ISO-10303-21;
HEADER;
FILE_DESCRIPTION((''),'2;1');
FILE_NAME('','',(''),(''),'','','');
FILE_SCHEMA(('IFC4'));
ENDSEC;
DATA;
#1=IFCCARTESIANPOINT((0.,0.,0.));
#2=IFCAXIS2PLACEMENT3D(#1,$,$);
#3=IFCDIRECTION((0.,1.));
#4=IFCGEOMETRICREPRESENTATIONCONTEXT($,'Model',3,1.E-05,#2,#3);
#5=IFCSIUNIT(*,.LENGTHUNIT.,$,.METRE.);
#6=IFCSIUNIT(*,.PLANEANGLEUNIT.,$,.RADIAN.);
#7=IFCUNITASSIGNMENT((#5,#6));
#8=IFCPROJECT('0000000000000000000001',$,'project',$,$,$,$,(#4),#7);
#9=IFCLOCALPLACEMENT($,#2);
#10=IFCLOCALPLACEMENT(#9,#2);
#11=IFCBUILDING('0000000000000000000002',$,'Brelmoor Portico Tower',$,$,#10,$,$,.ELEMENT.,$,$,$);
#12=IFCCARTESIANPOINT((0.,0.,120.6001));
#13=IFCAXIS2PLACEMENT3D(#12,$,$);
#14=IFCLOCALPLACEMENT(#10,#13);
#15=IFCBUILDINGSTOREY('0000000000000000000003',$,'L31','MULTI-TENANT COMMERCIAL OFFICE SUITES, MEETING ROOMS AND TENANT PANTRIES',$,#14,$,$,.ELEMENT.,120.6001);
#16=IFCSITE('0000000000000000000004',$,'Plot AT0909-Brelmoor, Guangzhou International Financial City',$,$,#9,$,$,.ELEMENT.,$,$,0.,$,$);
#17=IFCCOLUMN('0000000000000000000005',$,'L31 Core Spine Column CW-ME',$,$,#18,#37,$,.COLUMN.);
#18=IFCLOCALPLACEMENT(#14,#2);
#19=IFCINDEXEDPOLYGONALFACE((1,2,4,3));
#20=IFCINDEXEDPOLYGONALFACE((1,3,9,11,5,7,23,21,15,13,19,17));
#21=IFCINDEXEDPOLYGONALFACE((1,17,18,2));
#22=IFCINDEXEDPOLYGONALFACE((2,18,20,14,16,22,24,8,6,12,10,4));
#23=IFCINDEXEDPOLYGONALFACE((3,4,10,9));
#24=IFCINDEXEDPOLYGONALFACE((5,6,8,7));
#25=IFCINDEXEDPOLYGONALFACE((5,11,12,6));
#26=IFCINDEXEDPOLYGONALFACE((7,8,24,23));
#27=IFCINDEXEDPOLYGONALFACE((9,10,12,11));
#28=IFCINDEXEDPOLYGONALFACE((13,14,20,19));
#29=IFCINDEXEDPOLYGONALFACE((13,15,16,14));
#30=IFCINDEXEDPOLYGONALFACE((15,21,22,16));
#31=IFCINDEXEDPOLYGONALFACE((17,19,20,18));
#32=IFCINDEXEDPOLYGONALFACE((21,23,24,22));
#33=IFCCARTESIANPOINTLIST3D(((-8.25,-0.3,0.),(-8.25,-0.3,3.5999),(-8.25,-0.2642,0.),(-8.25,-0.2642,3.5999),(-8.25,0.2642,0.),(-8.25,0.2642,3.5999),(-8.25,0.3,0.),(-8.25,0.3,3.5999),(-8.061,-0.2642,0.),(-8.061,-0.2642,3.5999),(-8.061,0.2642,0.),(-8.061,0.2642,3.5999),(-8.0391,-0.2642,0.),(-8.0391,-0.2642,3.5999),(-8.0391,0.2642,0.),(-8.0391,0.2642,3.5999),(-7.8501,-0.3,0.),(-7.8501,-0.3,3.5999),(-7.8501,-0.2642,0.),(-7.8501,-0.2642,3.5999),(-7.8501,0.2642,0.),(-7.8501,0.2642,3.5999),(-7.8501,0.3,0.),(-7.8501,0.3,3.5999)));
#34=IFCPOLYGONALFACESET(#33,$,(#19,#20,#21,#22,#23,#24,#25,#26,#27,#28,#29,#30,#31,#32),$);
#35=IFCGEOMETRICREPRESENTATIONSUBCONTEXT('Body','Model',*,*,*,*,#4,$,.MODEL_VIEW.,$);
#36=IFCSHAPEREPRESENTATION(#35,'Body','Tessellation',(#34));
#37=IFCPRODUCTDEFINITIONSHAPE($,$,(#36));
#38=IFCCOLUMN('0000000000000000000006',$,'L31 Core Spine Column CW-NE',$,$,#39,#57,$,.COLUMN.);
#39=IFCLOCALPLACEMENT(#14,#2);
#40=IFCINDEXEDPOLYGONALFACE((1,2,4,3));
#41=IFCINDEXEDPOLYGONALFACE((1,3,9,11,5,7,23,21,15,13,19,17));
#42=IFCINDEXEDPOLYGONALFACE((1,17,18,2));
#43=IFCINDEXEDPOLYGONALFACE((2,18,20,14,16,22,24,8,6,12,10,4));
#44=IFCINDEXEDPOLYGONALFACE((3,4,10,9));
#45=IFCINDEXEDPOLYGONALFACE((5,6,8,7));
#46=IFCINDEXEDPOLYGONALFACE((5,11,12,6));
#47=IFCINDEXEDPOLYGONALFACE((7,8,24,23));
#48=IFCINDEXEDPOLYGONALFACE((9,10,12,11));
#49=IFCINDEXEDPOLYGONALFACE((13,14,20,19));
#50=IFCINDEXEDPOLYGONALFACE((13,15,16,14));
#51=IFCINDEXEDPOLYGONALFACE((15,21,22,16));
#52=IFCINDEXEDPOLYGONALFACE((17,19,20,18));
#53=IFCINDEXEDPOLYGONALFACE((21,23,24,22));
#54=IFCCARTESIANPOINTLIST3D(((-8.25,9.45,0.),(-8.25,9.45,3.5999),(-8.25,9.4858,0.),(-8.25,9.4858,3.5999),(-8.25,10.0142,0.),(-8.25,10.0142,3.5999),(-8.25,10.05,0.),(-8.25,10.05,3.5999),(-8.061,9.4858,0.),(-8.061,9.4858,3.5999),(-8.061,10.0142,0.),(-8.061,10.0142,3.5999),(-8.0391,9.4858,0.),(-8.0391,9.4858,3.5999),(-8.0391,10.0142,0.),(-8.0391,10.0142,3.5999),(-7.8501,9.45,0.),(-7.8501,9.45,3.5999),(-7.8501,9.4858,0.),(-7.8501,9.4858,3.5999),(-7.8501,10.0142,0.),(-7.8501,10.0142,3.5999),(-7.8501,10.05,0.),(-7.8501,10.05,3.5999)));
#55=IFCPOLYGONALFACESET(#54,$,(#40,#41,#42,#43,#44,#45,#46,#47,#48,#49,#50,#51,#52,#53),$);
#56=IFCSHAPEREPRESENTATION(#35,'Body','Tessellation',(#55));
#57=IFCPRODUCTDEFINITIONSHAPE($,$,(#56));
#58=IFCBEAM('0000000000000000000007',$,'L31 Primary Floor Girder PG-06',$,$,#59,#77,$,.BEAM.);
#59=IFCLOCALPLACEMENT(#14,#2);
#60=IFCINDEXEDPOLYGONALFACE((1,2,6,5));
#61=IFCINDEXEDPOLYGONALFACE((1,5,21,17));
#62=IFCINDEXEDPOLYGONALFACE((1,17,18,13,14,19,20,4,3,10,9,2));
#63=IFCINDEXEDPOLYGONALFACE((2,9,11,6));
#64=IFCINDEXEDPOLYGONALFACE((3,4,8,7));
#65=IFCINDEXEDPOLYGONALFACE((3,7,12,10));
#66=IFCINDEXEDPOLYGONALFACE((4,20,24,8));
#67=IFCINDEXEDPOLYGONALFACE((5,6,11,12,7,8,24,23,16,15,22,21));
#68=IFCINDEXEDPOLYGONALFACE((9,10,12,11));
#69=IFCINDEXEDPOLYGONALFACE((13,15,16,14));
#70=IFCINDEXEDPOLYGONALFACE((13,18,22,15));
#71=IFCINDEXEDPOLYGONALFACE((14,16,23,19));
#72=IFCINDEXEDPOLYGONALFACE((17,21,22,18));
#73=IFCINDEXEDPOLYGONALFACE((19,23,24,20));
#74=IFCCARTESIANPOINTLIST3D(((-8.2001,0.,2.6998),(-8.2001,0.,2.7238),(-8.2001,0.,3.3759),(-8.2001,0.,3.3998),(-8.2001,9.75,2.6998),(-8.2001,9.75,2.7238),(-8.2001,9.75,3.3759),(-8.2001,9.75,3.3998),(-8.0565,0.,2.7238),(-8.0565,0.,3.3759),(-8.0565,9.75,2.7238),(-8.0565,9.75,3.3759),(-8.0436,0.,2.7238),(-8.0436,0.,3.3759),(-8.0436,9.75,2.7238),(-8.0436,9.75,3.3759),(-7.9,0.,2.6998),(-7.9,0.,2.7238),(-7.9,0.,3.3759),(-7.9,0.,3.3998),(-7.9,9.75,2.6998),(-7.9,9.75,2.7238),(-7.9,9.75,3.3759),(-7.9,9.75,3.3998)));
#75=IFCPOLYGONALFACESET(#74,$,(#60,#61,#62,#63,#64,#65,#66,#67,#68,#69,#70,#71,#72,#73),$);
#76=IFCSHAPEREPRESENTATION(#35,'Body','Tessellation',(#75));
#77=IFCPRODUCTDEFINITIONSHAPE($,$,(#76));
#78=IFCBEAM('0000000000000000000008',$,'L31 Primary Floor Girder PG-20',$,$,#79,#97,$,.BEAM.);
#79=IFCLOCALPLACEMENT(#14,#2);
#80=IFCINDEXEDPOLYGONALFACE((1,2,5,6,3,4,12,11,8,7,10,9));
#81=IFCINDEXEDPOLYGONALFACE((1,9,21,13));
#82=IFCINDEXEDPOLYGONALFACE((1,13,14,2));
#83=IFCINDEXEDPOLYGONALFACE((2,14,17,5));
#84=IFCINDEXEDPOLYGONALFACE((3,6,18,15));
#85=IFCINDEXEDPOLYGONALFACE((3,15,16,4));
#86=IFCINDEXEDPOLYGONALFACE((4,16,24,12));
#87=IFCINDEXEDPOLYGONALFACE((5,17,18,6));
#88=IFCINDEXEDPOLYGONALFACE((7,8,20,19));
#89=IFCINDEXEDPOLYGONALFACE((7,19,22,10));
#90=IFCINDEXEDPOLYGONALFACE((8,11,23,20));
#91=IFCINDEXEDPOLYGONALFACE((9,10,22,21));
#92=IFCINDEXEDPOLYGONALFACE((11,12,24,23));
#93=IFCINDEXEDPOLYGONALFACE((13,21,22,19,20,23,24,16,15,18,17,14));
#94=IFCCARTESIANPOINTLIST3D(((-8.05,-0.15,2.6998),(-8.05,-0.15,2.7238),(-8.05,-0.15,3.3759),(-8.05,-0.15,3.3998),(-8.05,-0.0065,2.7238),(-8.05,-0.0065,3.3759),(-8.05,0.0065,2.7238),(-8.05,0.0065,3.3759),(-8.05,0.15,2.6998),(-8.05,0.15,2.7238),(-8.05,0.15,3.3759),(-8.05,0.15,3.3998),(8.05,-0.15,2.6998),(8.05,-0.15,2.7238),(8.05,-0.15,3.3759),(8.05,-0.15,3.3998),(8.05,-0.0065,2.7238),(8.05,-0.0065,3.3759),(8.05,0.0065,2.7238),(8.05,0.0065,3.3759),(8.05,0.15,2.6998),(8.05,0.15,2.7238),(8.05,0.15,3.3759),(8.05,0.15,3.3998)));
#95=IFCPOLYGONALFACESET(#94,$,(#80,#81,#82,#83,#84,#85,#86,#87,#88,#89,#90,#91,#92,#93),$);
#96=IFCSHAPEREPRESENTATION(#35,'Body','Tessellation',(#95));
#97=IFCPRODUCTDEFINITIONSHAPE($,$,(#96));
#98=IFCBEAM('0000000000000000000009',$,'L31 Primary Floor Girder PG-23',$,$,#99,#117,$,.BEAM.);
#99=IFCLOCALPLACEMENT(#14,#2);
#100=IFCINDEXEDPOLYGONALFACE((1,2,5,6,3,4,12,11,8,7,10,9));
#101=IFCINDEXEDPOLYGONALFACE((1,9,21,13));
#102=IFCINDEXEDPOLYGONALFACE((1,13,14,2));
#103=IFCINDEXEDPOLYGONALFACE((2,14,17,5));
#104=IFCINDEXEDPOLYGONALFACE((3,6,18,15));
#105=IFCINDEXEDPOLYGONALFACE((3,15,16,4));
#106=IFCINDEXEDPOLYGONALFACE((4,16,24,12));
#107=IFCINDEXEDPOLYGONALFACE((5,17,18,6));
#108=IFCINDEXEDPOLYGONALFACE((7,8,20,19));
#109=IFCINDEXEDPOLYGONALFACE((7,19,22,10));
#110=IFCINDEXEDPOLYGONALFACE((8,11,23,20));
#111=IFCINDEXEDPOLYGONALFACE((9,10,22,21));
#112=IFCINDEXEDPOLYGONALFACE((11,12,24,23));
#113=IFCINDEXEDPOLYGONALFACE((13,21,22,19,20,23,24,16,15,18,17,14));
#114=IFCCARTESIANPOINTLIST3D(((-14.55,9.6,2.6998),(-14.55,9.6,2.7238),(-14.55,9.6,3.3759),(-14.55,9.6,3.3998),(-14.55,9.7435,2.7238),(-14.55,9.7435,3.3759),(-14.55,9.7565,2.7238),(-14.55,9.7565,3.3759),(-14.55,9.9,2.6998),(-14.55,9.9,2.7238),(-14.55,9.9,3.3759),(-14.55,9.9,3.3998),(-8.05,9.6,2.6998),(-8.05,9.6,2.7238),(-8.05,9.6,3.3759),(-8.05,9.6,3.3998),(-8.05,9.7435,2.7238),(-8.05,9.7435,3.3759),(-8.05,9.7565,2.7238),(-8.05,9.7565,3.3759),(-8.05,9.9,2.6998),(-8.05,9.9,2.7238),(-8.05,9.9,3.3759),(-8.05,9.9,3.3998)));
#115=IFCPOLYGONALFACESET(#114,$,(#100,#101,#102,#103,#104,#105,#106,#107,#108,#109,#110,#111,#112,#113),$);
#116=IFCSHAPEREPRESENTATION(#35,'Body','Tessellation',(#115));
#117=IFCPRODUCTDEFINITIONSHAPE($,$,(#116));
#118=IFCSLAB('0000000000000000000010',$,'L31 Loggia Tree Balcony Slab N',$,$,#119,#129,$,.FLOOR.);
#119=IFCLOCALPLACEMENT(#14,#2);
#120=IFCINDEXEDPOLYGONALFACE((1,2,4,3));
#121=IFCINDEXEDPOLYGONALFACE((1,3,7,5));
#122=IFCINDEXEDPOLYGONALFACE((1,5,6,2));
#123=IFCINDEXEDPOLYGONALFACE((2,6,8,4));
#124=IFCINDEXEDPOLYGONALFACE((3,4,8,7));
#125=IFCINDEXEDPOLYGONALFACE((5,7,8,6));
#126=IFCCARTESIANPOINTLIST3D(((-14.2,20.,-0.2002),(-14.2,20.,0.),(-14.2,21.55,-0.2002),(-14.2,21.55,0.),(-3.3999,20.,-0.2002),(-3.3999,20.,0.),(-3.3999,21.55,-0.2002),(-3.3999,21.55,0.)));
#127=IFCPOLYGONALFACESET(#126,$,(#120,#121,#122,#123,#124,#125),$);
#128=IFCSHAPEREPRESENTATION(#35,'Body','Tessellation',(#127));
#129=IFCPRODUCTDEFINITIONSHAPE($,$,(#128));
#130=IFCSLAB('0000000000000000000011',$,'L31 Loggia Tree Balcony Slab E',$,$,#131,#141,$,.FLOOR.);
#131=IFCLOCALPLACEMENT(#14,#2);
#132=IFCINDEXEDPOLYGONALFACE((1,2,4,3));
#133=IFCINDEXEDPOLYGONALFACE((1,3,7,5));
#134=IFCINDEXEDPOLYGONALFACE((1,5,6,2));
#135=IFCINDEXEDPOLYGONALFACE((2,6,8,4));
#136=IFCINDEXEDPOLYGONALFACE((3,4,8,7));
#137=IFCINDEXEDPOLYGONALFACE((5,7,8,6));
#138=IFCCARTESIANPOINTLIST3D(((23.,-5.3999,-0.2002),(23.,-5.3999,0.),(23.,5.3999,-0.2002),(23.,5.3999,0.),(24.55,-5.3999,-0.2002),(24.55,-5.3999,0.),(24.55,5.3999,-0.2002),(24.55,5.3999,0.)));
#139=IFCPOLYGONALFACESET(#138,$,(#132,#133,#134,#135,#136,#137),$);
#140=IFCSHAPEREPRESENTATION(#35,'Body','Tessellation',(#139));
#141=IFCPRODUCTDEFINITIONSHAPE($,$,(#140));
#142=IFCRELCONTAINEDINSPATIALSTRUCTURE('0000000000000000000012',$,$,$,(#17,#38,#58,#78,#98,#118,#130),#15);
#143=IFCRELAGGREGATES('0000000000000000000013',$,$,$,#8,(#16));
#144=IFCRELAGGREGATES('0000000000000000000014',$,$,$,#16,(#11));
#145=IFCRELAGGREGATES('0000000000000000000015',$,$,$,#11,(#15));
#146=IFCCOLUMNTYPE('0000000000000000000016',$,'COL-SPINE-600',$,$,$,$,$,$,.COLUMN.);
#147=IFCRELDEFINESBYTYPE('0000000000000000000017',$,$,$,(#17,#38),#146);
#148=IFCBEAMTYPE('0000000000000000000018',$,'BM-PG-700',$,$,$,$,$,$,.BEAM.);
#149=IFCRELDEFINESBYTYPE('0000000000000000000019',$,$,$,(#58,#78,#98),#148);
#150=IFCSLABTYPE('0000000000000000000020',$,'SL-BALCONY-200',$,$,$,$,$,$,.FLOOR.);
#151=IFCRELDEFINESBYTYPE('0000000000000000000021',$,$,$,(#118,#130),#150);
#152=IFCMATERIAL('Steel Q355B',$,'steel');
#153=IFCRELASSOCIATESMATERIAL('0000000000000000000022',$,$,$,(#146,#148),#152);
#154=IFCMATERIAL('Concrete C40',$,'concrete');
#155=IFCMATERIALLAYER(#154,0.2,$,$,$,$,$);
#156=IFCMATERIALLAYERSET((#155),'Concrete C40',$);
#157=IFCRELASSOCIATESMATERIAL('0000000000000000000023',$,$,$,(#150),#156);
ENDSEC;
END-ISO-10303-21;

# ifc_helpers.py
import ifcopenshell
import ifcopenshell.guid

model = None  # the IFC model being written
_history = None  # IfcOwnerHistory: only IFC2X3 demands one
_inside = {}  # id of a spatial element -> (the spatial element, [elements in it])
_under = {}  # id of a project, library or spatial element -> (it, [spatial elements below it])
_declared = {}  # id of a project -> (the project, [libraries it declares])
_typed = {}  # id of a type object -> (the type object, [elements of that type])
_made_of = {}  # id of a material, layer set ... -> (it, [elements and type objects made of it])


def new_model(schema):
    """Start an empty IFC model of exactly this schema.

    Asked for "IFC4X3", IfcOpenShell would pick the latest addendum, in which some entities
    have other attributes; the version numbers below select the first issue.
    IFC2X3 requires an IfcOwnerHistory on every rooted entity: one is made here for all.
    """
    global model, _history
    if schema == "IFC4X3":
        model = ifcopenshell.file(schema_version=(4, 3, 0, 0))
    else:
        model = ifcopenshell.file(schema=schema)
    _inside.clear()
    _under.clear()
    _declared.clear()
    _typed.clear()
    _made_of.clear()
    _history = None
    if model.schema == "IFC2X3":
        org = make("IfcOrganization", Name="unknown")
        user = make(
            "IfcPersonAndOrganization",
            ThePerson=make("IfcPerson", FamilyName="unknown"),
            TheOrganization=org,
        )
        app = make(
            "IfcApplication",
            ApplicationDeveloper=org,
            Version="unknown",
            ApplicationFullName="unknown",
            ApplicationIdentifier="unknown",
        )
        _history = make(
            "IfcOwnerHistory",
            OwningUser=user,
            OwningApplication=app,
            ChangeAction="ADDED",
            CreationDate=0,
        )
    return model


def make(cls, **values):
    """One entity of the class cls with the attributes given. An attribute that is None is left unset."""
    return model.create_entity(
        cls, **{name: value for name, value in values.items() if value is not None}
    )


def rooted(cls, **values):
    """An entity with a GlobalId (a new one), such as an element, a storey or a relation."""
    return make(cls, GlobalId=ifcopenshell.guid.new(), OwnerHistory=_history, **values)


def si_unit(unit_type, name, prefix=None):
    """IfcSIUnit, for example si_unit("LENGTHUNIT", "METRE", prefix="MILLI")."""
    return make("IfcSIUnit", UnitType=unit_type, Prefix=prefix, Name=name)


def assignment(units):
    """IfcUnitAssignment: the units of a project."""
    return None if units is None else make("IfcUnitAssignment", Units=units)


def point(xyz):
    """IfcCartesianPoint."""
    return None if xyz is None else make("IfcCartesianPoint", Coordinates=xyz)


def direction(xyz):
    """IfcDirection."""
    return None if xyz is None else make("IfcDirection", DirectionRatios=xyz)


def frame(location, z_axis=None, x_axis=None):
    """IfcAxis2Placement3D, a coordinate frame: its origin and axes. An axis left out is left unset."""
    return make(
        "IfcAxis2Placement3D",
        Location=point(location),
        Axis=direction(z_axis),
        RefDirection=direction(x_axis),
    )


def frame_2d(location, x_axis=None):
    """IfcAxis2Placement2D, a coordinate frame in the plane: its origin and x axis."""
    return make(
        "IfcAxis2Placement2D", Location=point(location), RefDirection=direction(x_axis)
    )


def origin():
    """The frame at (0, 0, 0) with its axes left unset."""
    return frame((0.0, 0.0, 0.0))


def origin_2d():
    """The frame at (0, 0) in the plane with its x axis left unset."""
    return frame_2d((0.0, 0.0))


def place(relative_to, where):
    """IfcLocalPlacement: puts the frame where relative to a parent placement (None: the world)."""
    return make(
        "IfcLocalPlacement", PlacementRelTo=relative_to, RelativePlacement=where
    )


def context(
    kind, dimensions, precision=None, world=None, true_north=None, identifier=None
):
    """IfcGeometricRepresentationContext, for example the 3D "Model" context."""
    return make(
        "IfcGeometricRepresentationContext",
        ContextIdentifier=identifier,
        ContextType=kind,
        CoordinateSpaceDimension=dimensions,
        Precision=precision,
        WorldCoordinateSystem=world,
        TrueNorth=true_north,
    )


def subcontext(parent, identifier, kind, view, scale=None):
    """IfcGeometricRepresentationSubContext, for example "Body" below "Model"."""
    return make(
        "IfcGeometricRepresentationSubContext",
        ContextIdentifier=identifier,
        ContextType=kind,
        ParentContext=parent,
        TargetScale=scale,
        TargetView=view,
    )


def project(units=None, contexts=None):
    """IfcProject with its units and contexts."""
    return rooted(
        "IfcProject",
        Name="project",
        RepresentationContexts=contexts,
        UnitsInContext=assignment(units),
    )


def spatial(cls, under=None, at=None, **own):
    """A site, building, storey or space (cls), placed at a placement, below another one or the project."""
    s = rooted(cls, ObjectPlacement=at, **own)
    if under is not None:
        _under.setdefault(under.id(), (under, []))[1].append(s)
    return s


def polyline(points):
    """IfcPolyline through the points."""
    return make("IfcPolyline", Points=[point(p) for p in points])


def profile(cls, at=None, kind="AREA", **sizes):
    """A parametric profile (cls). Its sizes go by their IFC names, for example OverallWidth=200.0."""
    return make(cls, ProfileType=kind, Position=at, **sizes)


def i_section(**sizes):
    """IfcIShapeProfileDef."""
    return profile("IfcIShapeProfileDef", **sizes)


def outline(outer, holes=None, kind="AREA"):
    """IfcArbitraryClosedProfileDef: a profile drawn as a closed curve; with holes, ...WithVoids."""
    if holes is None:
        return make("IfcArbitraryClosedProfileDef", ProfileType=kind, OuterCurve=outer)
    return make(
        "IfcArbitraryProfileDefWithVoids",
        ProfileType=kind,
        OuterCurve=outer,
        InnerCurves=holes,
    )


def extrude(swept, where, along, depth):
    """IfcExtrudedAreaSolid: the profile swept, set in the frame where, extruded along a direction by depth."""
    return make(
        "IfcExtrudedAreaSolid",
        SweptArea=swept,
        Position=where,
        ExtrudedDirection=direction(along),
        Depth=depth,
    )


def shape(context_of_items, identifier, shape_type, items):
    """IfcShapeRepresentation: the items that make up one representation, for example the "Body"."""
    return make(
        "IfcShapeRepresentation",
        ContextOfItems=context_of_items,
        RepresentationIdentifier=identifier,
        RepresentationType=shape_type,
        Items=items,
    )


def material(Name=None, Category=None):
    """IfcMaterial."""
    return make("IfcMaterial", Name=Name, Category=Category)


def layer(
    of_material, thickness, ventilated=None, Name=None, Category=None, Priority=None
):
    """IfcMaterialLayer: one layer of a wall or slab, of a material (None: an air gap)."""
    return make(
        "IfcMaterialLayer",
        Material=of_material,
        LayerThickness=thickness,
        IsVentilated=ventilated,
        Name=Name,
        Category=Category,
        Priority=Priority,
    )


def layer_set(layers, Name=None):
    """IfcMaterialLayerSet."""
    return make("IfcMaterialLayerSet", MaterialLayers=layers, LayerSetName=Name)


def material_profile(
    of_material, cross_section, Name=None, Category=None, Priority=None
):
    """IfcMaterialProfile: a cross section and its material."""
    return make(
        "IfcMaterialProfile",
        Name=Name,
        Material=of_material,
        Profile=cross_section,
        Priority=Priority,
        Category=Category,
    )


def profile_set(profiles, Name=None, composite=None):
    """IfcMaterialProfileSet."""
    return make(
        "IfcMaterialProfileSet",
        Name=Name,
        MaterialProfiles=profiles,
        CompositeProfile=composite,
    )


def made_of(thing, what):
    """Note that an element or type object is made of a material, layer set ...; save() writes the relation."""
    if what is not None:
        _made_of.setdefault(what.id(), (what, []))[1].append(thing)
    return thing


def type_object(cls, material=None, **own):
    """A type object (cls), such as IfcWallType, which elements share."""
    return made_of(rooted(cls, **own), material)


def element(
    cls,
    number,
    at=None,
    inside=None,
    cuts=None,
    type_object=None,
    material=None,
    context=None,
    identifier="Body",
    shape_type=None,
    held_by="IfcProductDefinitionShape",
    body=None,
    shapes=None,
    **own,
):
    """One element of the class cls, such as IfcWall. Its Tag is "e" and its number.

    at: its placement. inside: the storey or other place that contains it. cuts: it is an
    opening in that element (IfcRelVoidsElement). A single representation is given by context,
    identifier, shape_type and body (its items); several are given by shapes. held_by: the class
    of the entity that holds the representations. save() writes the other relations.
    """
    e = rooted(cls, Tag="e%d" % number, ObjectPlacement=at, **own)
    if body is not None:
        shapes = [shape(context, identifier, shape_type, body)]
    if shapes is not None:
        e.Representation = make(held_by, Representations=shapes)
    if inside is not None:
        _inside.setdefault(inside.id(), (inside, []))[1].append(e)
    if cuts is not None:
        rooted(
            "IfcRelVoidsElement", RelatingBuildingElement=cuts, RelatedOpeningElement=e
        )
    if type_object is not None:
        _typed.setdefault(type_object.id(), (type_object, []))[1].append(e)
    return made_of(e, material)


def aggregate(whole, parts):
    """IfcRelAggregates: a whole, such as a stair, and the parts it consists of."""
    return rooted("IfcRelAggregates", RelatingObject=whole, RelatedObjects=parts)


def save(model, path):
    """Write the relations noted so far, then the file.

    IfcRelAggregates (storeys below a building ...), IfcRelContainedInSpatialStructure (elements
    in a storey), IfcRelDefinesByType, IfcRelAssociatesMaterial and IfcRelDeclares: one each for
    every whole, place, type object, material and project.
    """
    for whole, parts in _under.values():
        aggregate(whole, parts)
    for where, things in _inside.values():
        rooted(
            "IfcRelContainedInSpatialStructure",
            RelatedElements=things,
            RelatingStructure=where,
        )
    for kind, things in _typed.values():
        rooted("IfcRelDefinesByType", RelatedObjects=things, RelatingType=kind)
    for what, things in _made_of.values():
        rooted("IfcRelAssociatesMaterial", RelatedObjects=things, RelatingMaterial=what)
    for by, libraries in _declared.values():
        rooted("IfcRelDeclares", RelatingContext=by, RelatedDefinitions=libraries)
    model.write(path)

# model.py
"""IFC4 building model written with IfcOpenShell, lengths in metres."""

from ifc_helpers import new_model, si_unit, direction, frame, origin, origin_2d, place, context, subcontext, project, spatial, polyline, i_section, outline, extrude, material, layer, layer_set, material_profile, profile_set, type_object, element, save


model = new_model("IFC4")

# Units and contexts
model_context = context("Model", 3, precision=1e-05, world=origin(), true_north=direction((0.0, 1.0)))
body_context = subcontext(model_context, "Body", "Model", "MODEL_VIEW")
ifc_project = project(units=[si_unit("LENGTHUNIT", "METRE"), si_unit("PLANEANGLEUNIT", "RADIAN")], contexts=[model_context])

# Site, building, storey
site_placement = place(None, origin())
site = spatial("IfcSite", under=ifc_project, at=site_placement, Name="Plot AT0909-Brelmoor, Guangzhou International Financial City", CompositionType="ELEMENT", RefElevation=0.0)
building_placement = place(site_placement, origin())
building = spatial("IfcBuilding", under=site, at=building_placement, Name="Brelmoor Portico Tower", CompositionType="ELEMENT")
storey_placement = place(building_placement, frame((0.0, 0.0, 120.6001)))
storey = spatial("IfcBuildingStorey", under=building, at=storey_placement, Name="L31", Description="MULTI-TENANT COMMERCIAL OFFICE SUITES, MEETING ROOMS AND TENANT PANTRIES", CompositionType="ELEMENT", Elevation=120.6001)

# Columns
ifc_material_1 = material(Name="Steel Q355B", Category="steel")
ifc_material_profile_1 = material_profile(ifc_material_1, i_section(OverallWidth=0.3999, OverallDepth=0.6001, WebThickness=0.022, FlangeThickness=0.0359, at=origin_2d()), Name="HW 600x400x22x36")
ifc_profile_set_1 = profile_set([ifc_material_profile_1], Name="Steel Q355B")
column_type = type_object("IfcColumnType", Name="COL-SPINE-600", PredefinedType="COLUMN", material=ifc_profile_set_1)
for number, where, z_axis, x_axis, name in (
    (1, (-8.05, 0.0, 0.0), (0.0, 0.0, 1.0), (1.0, 0.0, 0.0), "L31 Core Spine Column CW-ME"),
    (2, (-8.05, 9.75, 0.0), (0.0, 0.0, 1.0), (1.0, 0.0, 0.0), "L31 Core Spine Column CW-NE"),
):
    element("IfcColumn", number, at=place(storey_placement, frame(where, z_axis=z_axis, x_axis=x_axis)), inside=storey, type_object=column_type, Name=name, PredefinedType="COLUMN", context=body_context, shape_type="SweptSolid", body=[
        extrude(i_section(OverallWidth=0.3999, OverallDepth=0.6001, WebThickness=0.022, FlangeThickness=0.0359, at=origin_2d()), origin(), (0.0, 0.0, 1.0), 3.5999),
    ])

# Beams
ifc_material_profile_2 = material_profile(ifc_material_1, i_section(OverallWidth=0.3, OverallDepth=0.7, WebThickness=0.0129, FlangeThickness=0.0239, at=origin_2d()), Name="HN 700x300x13x24")
ifc_profile_set_2 = profile_set([ifc_material_profile_2], Name="Steel Q355B")
beam_type = type_object("IfcBeamType", Name="BM-PG-700", PredefinedType="BEAM", material=ifc_profile_set_2)
beam_1_placement = place(storey_placement, frame((-8.05, 0.0, 3.0498), z_axis=(0.0, 1.0, 0.0), x_axis=(-1.0, 0.0, 0.0)))
element("IfcBeam", 3, at=beam_1_placement, inside=storey, type_object=beam_type, Name="L31 Primary Floor Girder PG-06", PredefinedType="BEAM", context=body_context, shape_type="SweptSolid", body=[
    extrude(i_section(OverallWidth=0.3, OverallDepth=0.7, WebThickness=0.0129, FlangeThickness=0.0239, at=origin_2d()), origin(), (0.0, 0.0, 1.0), 9.75),
])
beam_2_placement = place(storey_placement, frame((-8.05, 0.0, 3.0498), z_axis=(1.0, 0.0, 0.0), x_axis=(0.0, 1.0, 0.0)))
element("IfcBeam", 4, at=beam_2_placement, inside=storey, type_object=beam_type, Name="L31 Primary Floor Girder PG-20", PredefinedType="BEAM", context=body_context, shape_type="SweptSolid", body=[
    extrude(i_section(OverallWidth=0.3, OverallDepth=0.7, WebThickness=0.0129, FlangeThickness=0.0239, at=origin_2d()), origin(), (0.0, 0.0, 1.0), 16.1001),
])
beam_3_placement = place(storey_placement, frame((-14.55, 9.75, 3.0498), z_axis=(1.0, 0.0, 0.0), x_axis=(0.0, 1.0, 0.0)))
element("IfcBeam", 5, at=beam_3_placement, inside=storey, type_object=beam_type, Name="L31 Primary Floor Girder PG-23", PredefinedType="BEAM", context=body_context, shape_type="SweptSolid", body=[
    extrude(i_section(OverallWidth=0.3, OverallDepth=0.7, WebThickness=0.0129, FlangeThickness=0.0239, at=origin_2d()), origin(), (0.0, 0.0, 1.0), 6.5),
])

# Slabs
ifc_material_2 = material(Name="Concrete C40", Category="concrete")
ifc_layer_1 = layer(ifc_material_2, 0.2)
ifc_layer_set_1 = layer_set([ifc_layer_1], Name="Concrete C40")
slab_type_1 = type_object("IfcSlabType", Name="SL-BALCONY-200", PredefinedType="FLOOR", material=ifc_layer_set_1)
slab_1_placement = place(storey_placement, frame((0.0, 0.0, -0.2002)))
element("IfcSlab", 6, at=slab_1_placement, inside=storey, type_object=slab_type_1, Name="L31 Loggia Tree Balcony Slab N", PredefinedType="FLOOR", context=body_context, shape_type="SweptSolid", body=[
    extrude(outline(polyline([(-14.2, 20.0), (-3.3999, 20.0), (-3.3999, 21.55), (-14.2, 21.55), (-14.2, 20.0)])), origin(), (0.0, 0.0, 1.0), 0.2002),
])
slab_2_placement = place(storey_placement, frame((0.0, 0.0, -0.2002)))
element("IfcSlab", 7, at=slab_2_placement, inside=storey, type_object=slab_type_1, Name="L31 Loggia Tree Balcony Slab E", PredefinedType="FLOOR", context=body_context, shape_type="SweptSolid", body=[
    extrude(outline(polyline([(23.0, -5.3999), (24.55, -5.3999), (24.55, 5.3999), (23.0, 5.3999), (23.0, -5.3999)])), origin(), (0.0, 0.0, 1.0), 0.2002),
])

save(model, "model.ifc")
